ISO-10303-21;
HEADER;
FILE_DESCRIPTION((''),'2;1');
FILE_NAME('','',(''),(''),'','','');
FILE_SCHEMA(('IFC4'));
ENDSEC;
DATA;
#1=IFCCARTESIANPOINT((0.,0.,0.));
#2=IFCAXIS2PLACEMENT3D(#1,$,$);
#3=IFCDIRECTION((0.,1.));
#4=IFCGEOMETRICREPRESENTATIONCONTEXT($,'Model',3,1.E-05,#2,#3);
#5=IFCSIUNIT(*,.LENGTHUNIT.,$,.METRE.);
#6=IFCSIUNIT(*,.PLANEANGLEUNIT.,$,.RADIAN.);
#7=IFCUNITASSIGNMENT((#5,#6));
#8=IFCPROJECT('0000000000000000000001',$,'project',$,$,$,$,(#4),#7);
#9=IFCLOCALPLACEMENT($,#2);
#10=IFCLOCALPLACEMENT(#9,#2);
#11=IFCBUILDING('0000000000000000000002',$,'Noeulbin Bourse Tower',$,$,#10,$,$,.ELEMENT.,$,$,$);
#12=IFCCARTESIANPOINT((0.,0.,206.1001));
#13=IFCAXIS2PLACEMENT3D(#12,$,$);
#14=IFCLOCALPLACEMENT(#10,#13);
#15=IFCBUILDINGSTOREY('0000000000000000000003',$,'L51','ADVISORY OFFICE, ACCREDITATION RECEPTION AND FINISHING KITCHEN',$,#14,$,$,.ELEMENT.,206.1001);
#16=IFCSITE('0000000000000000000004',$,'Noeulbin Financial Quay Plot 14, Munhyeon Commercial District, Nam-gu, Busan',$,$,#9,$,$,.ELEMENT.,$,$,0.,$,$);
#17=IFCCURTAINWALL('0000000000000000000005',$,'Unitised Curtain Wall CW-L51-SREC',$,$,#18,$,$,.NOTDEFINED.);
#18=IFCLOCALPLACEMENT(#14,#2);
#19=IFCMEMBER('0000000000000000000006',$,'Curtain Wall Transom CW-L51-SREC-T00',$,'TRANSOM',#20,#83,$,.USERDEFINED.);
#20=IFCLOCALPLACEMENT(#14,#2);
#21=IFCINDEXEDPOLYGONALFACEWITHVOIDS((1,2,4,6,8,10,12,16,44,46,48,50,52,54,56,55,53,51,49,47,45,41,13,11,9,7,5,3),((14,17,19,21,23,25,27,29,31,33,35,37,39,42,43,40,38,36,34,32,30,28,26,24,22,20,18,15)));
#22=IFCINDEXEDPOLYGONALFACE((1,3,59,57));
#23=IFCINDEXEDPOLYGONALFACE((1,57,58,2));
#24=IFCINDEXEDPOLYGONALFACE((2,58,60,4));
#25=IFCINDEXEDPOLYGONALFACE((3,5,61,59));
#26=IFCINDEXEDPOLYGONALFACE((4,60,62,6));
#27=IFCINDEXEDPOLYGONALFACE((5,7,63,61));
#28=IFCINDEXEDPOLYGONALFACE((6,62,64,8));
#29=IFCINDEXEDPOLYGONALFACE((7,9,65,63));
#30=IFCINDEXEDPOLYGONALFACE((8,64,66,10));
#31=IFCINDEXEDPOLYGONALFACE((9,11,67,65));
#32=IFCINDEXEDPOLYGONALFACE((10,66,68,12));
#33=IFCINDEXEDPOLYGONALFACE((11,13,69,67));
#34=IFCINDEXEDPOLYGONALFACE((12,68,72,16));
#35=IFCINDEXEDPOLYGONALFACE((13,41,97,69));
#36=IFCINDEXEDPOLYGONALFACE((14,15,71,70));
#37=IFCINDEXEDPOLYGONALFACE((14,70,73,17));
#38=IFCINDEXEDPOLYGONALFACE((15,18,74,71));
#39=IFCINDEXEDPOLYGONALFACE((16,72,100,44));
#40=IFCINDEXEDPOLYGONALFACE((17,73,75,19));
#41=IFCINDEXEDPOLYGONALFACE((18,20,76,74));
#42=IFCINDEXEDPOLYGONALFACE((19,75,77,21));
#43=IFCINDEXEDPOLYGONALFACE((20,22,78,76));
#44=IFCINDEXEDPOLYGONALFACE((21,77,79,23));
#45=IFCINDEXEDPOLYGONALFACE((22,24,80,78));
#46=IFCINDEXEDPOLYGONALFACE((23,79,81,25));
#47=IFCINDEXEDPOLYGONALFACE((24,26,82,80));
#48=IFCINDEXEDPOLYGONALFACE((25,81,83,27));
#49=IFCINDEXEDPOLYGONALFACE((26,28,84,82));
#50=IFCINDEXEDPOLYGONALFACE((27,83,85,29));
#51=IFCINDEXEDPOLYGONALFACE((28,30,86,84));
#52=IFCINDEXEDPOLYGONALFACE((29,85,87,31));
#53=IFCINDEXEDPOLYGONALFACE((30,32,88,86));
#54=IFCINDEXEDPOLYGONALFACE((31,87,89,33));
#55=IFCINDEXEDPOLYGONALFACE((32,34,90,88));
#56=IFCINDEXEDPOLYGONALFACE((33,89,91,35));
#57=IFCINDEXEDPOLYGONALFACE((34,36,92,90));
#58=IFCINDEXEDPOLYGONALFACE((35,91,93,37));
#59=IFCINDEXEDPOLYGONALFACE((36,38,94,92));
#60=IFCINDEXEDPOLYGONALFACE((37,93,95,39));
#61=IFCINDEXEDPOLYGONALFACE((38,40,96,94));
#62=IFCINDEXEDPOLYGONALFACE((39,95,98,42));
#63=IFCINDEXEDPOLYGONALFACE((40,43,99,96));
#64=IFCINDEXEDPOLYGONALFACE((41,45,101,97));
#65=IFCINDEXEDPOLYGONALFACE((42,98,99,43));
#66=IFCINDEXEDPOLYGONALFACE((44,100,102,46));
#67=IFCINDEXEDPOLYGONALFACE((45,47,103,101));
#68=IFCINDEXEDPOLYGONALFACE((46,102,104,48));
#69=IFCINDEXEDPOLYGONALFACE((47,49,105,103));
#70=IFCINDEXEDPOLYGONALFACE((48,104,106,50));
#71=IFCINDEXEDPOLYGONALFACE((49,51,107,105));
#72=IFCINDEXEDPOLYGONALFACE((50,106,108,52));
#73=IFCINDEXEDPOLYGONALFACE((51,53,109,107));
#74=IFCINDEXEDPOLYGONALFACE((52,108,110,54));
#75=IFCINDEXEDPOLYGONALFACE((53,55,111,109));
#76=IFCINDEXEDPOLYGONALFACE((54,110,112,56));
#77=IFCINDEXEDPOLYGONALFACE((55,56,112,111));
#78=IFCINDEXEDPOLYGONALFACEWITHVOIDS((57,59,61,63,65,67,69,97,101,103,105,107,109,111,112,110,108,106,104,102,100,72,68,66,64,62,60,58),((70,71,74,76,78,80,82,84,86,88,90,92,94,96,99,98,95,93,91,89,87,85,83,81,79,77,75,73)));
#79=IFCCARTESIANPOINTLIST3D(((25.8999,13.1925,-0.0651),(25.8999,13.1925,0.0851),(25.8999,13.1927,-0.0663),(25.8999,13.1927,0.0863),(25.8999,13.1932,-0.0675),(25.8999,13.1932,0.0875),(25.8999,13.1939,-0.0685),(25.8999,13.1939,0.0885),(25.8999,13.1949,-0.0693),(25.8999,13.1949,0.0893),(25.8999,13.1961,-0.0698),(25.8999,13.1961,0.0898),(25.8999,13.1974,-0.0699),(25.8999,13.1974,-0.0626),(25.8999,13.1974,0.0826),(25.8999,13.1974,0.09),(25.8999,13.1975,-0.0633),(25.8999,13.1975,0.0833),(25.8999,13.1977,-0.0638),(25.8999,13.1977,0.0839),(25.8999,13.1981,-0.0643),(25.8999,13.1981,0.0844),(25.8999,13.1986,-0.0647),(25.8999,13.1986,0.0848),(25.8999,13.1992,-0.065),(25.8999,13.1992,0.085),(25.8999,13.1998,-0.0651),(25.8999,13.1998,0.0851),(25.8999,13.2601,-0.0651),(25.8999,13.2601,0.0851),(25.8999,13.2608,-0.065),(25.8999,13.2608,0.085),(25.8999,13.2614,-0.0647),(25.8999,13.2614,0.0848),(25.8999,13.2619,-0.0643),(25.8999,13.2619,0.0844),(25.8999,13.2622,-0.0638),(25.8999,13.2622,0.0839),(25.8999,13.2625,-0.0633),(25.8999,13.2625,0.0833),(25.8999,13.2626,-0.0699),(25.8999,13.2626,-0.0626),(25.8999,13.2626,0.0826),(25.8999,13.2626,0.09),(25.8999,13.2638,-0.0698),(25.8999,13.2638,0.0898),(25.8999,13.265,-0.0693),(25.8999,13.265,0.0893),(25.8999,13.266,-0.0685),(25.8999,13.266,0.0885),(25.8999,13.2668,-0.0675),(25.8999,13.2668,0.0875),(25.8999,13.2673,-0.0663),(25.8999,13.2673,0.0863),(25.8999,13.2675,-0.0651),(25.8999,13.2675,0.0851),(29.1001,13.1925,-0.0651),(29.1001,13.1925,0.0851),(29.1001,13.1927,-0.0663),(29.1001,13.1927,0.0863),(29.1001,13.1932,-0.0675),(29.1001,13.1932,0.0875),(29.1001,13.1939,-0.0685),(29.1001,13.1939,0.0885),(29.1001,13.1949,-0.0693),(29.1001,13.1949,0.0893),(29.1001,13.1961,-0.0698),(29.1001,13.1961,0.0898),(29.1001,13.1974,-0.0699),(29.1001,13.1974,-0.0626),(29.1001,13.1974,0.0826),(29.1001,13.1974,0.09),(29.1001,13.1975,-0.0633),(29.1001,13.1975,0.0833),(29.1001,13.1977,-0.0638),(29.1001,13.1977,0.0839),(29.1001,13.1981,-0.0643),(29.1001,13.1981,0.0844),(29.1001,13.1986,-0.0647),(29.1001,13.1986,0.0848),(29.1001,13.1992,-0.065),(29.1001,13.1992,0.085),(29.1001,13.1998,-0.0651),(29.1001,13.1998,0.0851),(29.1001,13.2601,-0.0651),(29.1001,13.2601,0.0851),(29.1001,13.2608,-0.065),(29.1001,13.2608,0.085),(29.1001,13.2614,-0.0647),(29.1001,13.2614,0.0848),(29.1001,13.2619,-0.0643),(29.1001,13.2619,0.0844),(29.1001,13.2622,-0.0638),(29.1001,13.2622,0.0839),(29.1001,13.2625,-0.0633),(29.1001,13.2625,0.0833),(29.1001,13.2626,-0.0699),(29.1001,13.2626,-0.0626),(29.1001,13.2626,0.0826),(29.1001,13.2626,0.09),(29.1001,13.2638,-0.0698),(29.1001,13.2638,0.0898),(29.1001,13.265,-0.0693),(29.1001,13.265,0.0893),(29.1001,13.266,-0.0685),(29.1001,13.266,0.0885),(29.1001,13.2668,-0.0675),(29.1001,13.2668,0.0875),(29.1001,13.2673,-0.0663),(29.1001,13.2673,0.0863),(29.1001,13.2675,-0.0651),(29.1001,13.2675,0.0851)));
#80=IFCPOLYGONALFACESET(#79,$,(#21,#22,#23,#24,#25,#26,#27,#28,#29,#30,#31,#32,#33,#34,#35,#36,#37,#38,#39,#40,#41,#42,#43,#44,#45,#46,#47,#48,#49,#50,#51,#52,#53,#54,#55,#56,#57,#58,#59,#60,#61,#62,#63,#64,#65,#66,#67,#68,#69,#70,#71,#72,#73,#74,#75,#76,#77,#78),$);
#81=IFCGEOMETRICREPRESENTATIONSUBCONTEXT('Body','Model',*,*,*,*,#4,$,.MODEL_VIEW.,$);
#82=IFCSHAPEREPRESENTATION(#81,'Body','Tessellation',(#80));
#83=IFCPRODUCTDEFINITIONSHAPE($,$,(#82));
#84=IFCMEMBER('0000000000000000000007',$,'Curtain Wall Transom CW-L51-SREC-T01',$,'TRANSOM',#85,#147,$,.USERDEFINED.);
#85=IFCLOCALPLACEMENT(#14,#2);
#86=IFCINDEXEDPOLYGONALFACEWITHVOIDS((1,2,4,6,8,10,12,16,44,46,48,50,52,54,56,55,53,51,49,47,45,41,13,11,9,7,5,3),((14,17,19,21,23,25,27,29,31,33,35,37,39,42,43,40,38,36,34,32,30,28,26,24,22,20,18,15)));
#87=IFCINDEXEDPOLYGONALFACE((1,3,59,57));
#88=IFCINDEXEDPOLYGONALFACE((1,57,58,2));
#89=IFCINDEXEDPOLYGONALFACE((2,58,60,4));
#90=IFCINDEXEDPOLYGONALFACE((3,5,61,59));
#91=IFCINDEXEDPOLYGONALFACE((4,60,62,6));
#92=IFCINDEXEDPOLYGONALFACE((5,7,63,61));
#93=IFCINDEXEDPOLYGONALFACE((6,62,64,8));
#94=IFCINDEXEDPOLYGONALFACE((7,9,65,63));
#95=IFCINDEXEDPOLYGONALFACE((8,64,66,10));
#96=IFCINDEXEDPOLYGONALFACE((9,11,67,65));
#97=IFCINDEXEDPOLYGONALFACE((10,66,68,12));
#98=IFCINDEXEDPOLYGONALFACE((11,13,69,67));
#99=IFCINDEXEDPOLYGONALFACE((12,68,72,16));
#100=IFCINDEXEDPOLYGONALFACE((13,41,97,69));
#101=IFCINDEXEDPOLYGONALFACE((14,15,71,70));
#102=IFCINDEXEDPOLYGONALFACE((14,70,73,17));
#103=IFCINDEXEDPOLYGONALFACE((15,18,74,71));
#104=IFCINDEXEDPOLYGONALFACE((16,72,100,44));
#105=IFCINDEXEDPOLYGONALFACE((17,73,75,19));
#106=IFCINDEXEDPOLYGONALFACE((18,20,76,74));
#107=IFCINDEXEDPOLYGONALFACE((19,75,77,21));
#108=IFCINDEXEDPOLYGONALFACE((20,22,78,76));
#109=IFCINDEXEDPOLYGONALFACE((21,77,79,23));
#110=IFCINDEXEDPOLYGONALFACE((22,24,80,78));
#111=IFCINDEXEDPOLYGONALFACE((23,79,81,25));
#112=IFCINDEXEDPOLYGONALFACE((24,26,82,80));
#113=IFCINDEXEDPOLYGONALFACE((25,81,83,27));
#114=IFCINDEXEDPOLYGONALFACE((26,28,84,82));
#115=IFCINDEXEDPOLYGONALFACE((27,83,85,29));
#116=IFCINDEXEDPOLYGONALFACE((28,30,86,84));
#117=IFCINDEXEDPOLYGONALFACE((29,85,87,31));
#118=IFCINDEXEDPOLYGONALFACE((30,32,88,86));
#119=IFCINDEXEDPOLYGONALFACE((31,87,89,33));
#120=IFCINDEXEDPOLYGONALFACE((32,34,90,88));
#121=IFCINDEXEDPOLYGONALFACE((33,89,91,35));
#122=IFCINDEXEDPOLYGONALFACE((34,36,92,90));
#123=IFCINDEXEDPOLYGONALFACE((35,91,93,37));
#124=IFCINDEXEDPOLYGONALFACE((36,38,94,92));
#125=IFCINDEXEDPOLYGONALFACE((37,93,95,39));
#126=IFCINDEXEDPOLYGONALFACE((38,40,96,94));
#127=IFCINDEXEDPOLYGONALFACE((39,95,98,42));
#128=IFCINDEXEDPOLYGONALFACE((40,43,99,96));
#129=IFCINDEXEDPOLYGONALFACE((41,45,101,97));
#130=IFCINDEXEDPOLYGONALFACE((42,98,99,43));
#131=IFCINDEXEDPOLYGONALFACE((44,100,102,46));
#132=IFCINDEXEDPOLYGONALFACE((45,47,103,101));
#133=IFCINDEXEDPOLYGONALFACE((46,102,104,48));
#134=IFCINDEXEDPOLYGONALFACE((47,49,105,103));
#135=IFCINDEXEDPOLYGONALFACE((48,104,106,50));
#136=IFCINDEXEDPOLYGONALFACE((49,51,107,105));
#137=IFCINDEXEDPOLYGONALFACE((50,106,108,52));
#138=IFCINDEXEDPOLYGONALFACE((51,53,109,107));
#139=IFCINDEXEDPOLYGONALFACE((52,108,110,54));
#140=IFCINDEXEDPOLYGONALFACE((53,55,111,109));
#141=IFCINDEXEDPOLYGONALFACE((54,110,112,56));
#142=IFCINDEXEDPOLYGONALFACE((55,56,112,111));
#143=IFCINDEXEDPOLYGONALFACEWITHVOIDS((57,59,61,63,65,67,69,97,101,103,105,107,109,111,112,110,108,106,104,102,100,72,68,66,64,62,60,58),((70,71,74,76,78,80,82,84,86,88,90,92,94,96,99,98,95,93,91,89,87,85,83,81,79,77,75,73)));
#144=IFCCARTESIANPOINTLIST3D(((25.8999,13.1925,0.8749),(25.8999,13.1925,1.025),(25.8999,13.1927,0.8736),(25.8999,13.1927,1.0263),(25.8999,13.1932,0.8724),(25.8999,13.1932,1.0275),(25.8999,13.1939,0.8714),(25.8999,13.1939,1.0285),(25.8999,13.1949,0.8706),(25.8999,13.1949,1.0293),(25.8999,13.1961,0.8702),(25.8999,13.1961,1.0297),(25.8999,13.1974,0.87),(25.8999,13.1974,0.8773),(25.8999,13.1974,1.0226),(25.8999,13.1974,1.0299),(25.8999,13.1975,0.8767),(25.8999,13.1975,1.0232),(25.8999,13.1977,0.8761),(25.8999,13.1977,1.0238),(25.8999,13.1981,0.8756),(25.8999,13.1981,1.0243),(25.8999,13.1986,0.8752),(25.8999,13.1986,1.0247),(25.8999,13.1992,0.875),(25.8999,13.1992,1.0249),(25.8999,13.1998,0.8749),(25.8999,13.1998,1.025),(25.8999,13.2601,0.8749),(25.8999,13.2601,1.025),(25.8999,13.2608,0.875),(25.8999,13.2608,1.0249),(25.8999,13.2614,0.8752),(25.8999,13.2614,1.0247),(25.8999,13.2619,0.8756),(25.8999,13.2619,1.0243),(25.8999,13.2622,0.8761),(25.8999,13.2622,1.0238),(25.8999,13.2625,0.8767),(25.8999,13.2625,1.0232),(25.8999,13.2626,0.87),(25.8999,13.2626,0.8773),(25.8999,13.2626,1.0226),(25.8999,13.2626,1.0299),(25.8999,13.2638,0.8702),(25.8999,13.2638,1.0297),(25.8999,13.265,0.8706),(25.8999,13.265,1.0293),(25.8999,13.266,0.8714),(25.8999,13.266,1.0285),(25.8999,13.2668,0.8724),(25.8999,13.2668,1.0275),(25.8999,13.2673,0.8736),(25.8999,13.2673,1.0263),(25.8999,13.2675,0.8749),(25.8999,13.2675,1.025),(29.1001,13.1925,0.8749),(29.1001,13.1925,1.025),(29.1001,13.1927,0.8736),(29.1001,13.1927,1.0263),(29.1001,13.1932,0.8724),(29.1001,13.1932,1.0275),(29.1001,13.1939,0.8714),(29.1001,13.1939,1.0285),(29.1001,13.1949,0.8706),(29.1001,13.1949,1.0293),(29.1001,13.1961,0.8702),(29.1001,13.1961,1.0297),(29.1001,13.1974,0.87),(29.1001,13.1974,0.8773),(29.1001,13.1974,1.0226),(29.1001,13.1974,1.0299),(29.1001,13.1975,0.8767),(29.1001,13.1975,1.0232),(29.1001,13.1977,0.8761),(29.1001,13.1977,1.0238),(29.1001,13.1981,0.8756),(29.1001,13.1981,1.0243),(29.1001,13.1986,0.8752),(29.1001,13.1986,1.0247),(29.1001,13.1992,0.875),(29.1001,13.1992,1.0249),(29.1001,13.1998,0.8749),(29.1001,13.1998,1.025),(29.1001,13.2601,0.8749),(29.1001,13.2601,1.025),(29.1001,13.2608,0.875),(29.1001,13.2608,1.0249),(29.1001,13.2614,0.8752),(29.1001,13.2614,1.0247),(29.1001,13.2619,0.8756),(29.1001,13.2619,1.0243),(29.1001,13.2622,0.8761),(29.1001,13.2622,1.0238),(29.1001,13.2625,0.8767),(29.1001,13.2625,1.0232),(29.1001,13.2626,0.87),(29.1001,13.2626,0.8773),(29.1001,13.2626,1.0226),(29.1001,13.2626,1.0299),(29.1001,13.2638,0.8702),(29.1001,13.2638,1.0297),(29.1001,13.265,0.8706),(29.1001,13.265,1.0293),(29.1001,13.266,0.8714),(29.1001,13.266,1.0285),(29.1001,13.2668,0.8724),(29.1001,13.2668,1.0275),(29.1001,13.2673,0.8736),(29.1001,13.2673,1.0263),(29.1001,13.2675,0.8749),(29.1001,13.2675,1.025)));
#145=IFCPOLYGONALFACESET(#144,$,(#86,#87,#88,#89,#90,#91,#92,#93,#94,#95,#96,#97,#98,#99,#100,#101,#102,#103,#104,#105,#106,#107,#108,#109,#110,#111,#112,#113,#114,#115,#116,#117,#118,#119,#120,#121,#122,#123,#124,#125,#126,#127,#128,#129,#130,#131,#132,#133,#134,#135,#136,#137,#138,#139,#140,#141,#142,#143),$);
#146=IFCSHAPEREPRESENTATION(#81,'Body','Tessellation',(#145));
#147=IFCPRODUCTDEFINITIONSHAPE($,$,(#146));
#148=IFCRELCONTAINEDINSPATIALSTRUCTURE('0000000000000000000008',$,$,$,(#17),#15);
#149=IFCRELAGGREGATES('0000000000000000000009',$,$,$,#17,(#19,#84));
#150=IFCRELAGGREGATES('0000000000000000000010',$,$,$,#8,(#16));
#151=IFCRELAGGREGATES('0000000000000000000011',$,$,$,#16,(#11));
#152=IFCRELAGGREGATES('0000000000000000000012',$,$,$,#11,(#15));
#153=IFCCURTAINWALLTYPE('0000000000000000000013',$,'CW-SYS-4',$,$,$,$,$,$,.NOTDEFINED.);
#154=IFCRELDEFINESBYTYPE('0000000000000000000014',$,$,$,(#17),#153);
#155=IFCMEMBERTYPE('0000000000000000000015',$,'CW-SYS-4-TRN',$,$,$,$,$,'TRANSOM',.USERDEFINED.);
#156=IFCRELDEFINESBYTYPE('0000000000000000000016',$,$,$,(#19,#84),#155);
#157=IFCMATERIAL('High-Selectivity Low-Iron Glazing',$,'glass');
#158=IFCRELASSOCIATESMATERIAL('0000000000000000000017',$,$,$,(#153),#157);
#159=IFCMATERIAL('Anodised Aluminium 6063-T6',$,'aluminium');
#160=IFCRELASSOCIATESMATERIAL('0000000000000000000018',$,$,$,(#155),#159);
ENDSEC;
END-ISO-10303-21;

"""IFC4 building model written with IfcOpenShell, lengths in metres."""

from ifc_helpers import new_model, si_unit, direction, frame, origin, origin_2d, place, context, subcontext, project, spatial, hollow_rectangle, extrude, material, material_profile, profile_set, type_object, element, aggregate, save


model = new_model("IFC4")

# Units and contexts
model_context = context("Model", 3, precision=1e-05, world=origin(), true_north=direction((0.0, 1.0)))
body_context = subcontext(model_context, "Body", "Model", "MODEL_VIEW")
ifc_project = project(units=[si_unit("LENGTHUNIT", "METRE"), si_unit("PLANEANGLEUNIT", "RADIAN")], contexts=[model_context])

# Site, building, storey
site_placement = place(None, origin())
site = spatial("IfcSite", under=ifc_project, at=site_placement, Name="Noeulbin Financial Quay Plot 14, Munhyeon Commercial District, Nam-gu, Busan", CompositionType="ELEMENT", RefElevation=0.0)
building_placement = place(site_placement, origin())
building = spatial("IfcBuilding", under=site, at=building_placement, Name="Noeulbin Bourse Tower", CompositionType="ELEMENT")
storey_placement = place(building_placement, frame((0.0, 0.0, 206.1001)))
storey = spatial("IfcBuildingStorey", under=building, at=storey_placement, Name="L51", Description="ADVISORY OFFICE, ACCREDITATION RECEPTION AND FINISHING KITCHEN", CompositionType="ELEMENT", Elevation=206.1001)

# Curtain wall
ifc_material_1 = material(Name="High-Selectivity Low-Iron Glazing", Category="glass")
curtain_wall_type = type_object("IfcCurtainWallType", Name="CW-SYS-4", PredefinedType="NOTDEFINED", material=ifc_material_1)
curtain_wall_1_placement = place(storey_placement, origin())
curtain_wall_1 = element("IfcCurtainWall", 1, at=curtain_wall_1_placement, inside=storey, type_object=curtain_wall_type, Name="Unitised Curtain Wall CW-L51-SREC", PredefinedType="NOTDEFINED")
ifc_material_2 = material(Name="Anodised Aluminium 6063-T6", Category="aluminium")

# Members
ifc_material_profile_1 = material_profile(ifc_material_2, hollow_rectangle(XDim=0.075, YDim=0.1599, WallThickness=0.0049, InnerFilletRadius=0.0024, OuterFilletRadius=0.0049, at=origin_2d()), Name="ALU-TRAN-75x160x5", Category="LoadBearing")
ifc_profile_set_1 = profile_set([ifc_material_profile_1], Name="Anodised Aluminium 6063-T6")
member_type_1 = type_object("IfcMemberType", Name="CW-SYS-4-TRN", ElementType="TRANSOM", PredefinedType="USERDEFINED", material=ifc_profile_set_1)
member_1_placement = place(storey_placement, frame((25.8999, 13.23, 0.01), z_axis=(1.0, 0.0, 0.0), x_axis=(0.0, 1.0, 0.0)))
member_1 = element("IfcMember", 2, at=member_1_placement, type_object=member_type_1, Name="Curtain Wall Transom CW-L51-SREC-T00", ObjectType="TRANSOM", PredefinedType="USERDEFINED", context=body_context, shape_type="SweptSolid", body=[
    extrude(hollow_rectangle(XDim=0.075, YDim=0.1599, WallThickness=0.0049, InnerFilletRadius=0.0024, OuterFilletRadius=0.0049, at=origin_2d()), origin(), (0.0, 0.0, 1.0), 3.2002),
])
member_2_placement = place(storey_placement, frame((25.8999, 13.23, 0.95), z_axis=(1.0, 0.0, 0.0), x_axis=(0.0, 1.0, 0.0)))
member_2 = element("IfcMember", 3, at=member_2_placement, type_object=member_type_1, Name="Curtain Wall Transom CW-L51-SREC-T01", ObjectType="TRANSOM", PredefinedType="USERDEFINED", context=body_context, shape_type="SweptSolid", body=[
    extrude(hollow_rectangle(XDim=0.075, YDim=0.1599, WallThickness=0.0049, InnerFilletRadius=0.0024, OuterFilletRadius=0.0049, at=origin_2d()), origin(), (0.0, 0.0, 1.0), 3.2002),
])

aggregate(curtain_wall_1, [member_1, member_2])

save(model, "model.ifc")
